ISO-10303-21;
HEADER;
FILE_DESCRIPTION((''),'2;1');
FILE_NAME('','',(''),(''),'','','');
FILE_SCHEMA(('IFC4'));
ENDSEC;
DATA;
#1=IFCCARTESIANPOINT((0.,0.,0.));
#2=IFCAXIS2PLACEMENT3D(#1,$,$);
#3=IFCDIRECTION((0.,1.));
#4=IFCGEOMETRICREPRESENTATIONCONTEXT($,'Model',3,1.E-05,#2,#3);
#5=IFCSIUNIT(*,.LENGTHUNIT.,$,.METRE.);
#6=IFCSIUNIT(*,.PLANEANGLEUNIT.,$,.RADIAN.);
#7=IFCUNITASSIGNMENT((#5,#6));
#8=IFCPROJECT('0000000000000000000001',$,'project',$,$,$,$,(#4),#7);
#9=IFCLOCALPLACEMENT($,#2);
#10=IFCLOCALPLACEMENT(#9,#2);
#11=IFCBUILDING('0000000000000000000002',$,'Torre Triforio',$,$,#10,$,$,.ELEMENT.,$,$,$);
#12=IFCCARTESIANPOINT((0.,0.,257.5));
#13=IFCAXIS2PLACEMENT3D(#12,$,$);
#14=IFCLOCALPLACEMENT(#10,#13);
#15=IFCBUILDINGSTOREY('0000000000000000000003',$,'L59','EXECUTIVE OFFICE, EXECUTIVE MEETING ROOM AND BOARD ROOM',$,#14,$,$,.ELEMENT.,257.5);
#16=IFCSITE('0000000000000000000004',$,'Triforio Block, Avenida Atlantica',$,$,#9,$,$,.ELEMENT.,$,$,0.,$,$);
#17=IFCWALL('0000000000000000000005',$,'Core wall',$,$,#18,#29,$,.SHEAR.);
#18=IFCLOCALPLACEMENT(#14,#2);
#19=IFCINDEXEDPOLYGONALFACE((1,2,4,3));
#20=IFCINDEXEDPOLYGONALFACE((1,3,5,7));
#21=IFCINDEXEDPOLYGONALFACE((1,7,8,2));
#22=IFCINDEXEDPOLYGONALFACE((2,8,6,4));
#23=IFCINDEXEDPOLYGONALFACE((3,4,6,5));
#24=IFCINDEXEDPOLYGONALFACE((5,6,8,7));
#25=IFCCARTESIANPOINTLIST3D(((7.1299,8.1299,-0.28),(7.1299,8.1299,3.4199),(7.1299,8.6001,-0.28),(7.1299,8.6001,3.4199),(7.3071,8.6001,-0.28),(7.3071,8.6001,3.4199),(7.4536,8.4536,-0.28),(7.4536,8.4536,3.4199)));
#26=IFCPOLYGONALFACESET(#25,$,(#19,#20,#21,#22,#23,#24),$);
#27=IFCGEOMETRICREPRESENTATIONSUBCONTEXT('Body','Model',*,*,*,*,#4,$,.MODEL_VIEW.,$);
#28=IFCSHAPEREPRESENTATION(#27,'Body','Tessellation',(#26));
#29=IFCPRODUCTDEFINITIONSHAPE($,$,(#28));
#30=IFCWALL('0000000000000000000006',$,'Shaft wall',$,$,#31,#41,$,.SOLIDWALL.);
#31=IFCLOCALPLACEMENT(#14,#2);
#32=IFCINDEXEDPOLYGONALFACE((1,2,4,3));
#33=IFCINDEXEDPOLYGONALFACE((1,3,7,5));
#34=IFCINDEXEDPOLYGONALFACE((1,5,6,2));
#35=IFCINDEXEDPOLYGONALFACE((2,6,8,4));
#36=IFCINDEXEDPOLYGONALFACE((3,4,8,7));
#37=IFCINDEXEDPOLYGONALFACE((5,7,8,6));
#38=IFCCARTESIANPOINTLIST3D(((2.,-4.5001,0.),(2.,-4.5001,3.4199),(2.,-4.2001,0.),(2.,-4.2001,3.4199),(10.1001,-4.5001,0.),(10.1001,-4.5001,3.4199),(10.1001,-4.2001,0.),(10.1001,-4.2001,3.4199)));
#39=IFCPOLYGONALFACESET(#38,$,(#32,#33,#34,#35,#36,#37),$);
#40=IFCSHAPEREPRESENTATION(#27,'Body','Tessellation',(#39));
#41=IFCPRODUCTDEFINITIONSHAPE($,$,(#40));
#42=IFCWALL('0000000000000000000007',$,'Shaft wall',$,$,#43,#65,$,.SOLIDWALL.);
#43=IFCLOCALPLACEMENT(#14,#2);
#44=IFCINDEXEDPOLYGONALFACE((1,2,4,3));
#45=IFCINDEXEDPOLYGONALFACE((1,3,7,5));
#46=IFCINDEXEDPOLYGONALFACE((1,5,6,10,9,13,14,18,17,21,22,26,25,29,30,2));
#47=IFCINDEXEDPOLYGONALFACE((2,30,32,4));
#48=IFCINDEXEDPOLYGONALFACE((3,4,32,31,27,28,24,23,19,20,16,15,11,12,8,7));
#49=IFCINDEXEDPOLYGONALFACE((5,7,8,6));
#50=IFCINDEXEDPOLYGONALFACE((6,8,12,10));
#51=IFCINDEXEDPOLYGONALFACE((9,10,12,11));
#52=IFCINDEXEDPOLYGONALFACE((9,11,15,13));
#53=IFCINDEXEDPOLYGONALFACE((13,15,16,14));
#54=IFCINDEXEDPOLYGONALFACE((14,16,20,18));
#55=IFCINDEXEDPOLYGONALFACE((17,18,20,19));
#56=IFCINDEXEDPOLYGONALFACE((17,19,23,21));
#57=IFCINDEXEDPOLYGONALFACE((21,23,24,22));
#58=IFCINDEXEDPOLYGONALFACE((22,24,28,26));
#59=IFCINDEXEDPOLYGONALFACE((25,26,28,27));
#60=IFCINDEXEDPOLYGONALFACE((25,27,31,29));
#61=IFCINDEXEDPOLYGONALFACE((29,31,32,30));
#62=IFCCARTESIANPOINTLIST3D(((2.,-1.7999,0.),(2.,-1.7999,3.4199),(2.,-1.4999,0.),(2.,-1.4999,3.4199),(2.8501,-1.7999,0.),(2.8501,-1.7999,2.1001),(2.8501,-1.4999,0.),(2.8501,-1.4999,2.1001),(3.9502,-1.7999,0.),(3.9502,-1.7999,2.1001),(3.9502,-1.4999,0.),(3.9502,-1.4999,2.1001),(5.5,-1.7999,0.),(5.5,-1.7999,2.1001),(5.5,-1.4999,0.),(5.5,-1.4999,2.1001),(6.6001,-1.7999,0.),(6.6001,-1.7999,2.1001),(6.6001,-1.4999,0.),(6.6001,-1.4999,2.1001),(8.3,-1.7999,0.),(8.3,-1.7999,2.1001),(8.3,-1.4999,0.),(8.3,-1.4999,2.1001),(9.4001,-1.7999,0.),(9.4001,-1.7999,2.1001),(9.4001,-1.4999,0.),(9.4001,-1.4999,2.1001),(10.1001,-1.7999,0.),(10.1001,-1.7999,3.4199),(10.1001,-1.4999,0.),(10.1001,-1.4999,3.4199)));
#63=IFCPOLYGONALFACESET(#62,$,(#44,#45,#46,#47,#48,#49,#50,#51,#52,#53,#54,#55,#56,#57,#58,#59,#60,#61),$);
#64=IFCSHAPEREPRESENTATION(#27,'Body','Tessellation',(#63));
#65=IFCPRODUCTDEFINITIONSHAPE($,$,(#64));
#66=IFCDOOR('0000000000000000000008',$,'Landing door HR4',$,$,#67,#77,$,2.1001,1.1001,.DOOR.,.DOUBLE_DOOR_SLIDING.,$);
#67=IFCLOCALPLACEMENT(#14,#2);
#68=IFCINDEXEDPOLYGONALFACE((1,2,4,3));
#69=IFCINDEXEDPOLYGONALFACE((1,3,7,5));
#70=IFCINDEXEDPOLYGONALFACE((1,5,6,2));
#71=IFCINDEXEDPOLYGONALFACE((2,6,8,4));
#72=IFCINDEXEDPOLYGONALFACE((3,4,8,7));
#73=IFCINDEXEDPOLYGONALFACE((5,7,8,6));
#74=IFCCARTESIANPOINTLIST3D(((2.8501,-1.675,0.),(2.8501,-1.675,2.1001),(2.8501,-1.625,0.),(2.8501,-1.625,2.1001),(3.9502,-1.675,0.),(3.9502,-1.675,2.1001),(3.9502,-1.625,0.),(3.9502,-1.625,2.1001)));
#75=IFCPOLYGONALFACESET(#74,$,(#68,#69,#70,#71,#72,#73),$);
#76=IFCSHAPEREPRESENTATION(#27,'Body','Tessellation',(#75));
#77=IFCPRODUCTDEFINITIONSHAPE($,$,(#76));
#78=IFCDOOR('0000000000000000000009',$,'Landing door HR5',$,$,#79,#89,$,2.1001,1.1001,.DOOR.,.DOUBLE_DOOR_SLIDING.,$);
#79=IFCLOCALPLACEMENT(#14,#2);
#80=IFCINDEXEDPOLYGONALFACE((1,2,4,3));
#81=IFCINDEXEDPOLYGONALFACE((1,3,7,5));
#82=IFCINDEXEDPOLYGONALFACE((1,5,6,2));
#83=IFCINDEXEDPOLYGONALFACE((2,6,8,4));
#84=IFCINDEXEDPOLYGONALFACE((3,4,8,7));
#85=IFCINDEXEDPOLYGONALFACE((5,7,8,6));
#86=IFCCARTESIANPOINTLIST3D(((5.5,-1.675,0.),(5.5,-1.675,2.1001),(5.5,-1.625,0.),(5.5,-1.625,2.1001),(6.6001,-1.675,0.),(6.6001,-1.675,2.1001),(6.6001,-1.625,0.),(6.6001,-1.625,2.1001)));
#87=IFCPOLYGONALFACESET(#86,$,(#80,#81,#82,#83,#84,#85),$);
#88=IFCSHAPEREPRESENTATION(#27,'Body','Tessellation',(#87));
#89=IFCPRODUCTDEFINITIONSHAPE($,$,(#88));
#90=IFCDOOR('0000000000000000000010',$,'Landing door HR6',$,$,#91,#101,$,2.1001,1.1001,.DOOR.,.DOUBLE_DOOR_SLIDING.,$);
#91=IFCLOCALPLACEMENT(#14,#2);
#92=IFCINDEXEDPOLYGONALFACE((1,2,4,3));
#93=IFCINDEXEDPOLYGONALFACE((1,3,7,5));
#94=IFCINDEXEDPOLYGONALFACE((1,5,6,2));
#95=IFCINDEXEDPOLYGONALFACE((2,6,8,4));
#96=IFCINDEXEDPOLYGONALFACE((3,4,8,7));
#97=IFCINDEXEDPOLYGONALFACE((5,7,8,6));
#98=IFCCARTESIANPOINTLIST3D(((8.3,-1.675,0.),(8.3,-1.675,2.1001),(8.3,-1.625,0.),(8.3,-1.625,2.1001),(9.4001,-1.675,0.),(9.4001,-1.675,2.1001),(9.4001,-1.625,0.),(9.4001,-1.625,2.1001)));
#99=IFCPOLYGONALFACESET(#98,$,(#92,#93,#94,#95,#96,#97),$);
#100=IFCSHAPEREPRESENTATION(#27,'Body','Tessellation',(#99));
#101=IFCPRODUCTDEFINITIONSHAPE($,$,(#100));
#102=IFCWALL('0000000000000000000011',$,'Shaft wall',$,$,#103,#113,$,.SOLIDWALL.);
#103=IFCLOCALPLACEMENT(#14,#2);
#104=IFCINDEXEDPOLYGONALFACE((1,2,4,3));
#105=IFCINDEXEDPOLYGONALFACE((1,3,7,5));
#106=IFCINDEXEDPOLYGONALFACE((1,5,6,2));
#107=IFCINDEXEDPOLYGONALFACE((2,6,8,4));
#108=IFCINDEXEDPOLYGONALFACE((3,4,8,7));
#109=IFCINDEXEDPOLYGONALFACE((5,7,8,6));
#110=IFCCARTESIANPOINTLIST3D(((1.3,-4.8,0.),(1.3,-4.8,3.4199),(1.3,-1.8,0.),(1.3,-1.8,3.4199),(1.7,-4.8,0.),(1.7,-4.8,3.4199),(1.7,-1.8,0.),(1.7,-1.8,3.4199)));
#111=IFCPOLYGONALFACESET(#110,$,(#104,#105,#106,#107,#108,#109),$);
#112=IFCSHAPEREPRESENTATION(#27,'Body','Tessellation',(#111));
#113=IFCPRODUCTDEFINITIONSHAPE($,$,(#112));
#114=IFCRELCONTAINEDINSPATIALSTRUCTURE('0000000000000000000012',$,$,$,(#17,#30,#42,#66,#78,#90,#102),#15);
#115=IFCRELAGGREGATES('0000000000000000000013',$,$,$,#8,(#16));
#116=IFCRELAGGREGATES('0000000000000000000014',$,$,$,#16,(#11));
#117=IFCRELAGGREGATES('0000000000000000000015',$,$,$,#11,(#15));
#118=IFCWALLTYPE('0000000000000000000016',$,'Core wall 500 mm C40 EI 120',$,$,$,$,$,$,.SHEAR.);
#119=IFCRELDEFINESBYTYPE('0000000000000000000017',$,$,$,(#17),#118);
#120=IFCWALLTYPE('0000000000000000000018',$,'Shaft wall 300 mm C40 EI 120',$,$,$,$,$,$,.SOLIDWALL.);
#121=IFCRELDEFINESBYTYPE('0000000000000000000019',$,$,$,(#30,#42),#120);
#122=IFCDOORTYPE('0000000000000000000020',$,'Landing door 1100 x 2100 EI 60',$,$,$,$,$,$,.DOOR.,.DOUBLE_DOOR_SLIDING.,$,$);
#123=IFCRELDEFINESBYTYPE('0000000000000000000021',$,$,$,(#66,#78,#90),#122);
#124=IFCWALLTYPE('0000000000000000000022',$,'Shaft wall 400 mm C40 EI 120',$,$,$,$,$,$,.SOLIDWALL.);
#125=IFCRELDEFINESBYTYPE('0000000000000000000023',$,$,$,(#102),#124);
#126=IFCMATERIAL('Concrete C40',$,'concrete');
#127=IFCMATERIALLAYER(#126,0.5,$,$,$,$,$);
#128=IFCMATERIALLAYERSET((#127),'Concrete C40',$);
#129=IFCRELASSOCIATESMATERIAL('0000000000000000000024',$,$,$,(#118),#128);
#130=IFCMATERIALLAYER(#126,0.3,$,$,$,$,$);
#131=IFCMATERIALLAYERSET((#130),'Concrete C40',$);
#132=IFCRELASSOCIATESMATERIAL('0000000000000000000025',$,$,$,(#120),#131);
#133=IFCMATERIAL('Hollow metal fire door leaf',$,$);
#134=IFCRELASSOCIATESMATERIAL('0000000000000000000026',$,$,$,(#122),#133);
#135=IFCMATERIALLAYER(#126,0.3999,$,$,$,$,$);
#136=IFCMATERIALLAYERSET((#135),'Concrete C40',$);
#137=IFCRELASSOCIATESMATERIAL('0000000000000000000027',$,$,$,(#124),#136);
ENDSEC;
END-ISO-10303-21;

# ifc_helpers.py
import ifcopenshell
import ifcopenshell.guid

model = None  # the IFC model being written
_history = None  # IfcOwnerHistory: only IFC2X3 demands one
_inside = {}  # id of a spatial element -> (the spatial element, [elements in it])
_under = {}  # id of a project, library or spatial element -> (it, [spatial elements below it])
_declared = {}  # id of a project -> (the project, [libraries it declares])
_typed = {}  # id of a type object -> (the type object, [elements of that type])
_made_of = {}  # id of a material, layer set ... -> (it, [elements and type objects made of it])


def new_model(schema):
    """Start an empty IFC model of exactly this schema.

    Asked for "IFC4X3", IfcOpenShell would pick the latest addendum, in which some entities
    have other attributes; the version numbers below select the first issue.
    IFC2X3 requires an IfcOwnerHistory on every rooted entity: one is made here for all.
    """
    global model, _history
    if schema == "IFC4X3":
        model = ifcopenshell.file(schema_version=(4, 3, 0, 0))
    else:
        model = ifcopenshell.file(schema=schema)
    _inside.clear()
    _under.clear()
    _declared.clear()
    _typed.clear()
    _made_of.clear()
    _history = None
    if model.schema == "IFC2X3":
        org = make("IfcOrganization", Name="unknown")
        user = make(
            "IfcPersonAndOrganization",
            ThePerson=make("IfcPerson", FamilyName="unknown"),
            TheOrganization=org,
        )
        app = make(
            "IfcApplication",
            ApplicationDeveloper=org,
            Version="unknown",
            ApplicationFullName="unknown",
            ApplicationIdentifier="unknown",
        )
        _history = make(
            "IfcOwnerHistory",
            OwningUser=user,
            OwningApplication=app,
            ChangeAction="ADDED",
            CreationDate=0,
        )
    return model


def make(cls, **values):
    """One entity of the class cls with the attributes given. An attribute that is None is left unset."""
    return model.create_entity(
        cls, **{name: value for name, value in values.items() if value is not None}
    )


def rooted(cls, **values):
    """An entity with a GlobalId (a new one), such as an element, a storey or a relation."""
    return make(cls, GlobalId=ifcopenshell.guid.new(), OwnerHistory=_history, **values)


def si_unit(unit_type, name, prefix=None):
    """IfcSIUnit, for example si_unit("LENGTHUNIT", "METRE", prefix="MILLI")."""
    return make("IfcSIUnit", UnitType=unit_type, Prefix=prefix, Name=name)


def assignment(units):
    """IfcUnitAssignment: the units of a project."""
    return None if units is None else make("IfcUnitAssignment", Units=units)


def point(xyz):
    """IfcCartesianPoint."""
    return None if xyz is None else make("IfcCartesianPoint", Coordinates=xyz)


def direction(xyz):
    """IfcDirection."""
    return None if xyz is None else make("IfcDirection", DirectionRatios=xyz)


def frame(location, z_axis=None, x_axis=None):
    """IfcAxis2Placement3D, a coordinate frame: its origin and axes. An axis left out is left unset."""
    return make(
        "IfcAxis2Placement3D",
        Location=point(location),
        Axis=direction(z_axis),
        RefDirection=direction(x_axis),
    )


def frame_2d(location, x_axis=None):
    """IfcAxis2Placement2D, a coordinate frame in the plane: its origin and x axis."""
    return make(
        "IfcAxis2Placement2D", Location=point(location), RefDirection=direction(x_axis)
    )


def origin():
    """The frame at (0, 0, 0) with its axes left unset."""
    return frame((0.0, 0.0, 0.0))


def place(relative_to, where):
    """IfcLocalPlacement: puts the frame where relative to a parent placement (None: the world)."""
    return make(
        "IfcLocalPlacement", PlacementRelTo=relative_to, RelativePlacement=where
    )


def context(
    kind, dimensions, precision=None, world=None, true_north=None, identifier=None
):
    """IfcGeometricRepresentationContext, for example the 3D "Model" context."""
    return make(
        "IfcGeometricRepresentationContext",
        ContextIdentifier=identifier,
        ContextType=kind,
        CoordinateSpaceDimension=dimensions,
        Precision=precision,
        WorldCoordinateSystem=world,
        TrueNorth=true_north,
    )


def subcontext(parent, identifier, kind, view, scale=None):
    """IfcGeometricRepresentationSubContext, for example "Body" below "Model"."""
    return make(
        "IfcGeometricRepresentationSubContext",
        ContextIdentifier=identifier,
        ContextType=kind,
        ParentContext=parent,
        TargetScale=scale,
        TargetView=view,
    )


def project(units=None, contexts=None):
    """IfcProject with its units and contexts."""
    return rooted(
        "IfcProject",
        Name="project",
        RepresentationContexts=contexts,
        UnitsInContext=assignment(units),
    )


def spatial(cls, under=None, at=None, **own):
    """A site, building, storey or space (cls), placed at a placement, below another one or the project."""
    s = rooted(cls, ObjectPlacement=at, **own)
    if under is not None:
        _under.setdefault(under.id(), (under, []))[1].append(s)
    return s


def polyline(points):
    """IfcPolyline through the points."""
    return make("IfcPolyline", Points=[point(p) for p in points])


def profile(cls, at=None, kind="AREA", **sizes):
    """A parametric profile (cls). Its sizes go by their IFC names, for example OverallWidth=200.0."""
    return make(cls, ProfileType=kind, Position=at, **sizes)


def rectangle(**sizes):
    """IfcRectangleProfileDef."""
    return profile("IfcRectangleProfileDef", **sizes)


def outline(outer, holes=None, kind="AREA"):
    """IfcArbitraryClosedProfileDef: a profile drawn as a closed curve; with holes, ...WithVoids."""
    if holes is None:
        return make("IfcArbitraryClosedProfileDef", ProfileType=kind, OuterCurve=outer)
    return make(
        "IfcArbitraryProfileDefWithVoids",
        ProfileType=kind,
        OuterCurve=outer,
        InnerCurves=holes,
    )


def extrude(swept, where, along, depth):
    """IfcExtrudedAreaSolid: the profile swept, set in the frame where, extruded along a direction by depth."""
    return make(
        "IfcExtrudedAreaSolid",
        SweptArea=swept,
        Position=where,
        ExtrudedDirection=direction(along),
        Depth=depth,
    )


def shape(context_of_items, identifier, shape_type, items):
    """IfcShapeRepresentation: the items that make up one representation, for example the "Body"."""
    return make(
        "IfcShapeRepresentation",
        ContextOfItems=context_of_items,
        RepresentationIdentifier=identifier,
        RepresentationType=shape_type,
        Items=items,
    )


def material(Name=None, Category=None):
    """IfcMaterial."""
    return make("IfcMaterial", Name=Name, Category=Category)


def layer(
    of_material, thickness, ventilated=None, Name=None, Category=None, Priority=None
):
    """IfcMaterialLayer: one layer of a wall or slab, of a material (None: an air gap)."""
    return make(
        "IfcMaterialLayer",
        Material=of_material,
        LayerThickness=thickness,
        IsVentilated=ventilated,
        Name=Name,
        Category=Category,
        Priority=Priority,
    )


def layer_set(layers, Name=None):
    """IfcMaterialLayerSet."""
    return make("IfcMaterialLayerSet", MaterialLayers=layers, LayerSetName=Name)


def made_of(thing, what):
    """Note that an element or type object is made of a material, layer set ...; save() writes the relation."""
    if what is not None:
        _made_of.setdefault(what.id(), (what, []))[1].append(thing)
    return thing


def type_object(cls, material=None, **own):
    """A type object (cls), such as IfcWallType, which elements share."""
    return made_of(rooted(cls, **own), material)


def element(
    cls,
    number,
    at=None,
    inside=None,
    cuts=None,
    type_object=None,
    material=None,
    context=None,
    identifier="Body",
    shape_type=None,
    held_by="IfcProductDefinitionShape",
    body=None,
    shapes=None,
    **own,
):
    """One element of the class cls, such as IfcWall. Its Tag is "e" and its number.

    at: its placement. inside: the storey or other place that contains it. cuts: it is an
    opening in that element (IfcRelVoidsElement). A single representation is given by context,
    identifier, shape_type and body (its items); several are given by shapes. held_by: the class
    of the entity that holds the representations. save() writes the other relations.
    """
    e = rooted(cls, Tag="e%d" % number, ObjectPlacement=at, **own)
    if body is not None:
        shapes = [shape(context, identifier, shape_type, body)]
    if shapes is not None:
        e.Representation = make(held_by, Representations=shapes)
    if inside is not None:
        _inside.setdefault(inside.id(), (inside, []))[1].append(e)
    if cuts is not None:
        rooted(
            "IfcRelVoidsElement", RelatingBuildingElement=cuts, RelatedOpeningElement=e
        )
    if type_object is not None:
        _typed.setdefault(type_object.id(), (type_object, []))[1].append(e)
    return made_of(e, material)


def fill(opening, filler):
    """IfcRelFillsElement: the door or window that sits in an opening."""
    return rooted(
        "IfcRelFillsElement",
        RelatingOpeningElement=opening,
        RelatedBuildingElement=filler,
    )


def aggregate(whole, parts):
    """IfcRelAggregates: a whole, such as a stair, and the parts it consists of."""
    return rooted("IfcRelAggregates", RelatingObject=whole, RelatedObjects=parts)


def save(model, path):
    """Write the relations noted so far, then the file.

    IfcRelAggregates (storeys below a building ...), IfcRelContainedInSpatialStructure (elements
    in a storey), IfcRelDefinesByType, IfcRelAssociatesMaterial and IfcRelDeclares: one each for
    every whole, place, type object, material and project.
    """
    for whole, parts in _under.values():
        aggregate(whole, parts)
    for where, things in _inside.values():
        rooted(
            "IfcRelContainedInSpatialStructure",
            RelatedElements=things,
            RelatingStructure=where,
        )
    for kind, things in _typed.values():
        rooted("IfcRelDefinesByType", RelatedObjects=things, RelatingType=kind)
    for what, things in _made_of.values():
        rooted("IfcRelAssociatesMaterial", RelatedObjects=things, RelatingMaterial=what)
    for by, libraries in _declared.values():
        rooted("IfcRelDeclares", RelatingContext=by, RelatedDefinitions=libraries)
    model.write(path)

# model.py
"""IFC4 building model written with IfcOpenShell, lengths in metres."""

from ifc_helpers import new_model, si_unit, direction, frame, frame_2d, origin, place, context, subcontext, project, spatial, polyline, rectangle, outline, extrude, material, layer, layer_set, type_object, element, fill, save


model = new_model("IFC4")

# Units and contexts
model_context = context("Model", 3, precision=1e-05, world=origin(), true_north=direction((0.0, 1.0)))
body_context = subcontext(model_context, "Body", "Model", "MODEL_VIEW")
ifc_project = project(units=[si_unit("LENGTHUNIT", "METRE"), si_unit("PLANEANGLEUNIT", "RADIAN")], contexts=[model_context])

# Site, building, storey
site_placement = place(None, origin())
site = spatial("IfcSite", under=ifc_project, at=site_placement, Name="Triforio Block, Avenida Atlantica", CompositionType="ELEMENT", RefElevation=0.0)
building_placement = place(site_placement, origin())
building = spatial("IfcBuilding", under=site, at=building_placement, Name="Torre Triforio", CompositionType="ELEMENT")
storey_placement = place(building_placement, frame((0.0, 0.0, 257.5)))
storey = spatial("IfcBuildingStorey", under=building, at=storey_placement, Name="L59", Description="EXECUTIVE OFFICE, EXECUTIVE MEETING ROOM AND BOARD ROOM", CompositionType="ELEMENT", Elevation=257.5)

# Shared definitions
ifc_material_1 = material(Name="Concrete C40", Category="concrete")

# Walls
ifc_layer_1 = layer(ifc_material_1, 0.5)
ifc_layer_set_1 = layer_set([ifc_layer_1], Name="Concrete C40")
wall_type_1 = type_object("IfcWallType", Name="Core wall 500 mm C40 EI 120", PredefinedType="SHEAR", material=ifc_layer_set_1)
wall_1_placement = place(storey_placement, frame((0.0, 0.0, -0.28)))
element("IfcWall", 1, at=wall_1_placement, inside=storey, type_object=wall_type_1, Name="Core wall", PredefinedType="SHEAR", context=body_context, shape_type="SweptSolid", body=[
    extrude(outline(polyline([(7.3071, 8.6001), (7.4536, 8.4536), (7.1299, 8.1299), (7.1299, 8.6001), (7.3071, 8.6001)])), origin(), (0.0, 0.0, 1.0), 3.7),
])
ifc_layer_2 = layer(ifc_material_1, 0.3)
ifc_layer_set_2 = layer_set([ifc_layer_2], Name="Concrete C40")
wall_type_2 = type_object("IfcWallType", Name="Shaft wall 300 mm C40 EI 120", PredefinedType="SOLIDWALL", material=ifc_layer_set_2)
wall_2_placement = place(storey_placement, frame((2.0, -4.3501, 0.0), z_axis=(0.0, 0.0, 1.0), x_axis=(1.0, 0.0, 0.0)))
element("IfcWall", 2, at=wall_2_placement, inside=storey, type_object=wall_type_2, Name="Shaft wall", PredefinedType="SOLIDWALL", context=body_context, shape_type="SweptSolid", body=[
    extrude(rectangle(XDim=8.1001, YDim=0.3, at=frame_2d((4.05, 0.0))), origin(), (0.0, 0.0, 1.0), 3.4199),
])

# Wall, openings, doors
wall_3_placement = place(storey_placement, frame((2.0, -1.6499, 0.0), z_axis=(0.0, 0.0, 1.0), x_axis=(1.0, 0.0, 0.0)))
wall_3 = element("IfcWall", 3, at=wall_3_placement, inside=storey, type_object=wall_type_2, Name="Shaft wall", PredefinedType="SOLIDWALL", context=body_context, shape_type="SweptSolid", body=[
    extrude(rectangle(XDim=8.1001, YDim=0.3, at=frame_2d((4.05, 0.0))), origin(), (0.0, 0.0, 1.0), 3.4199),
])
opening_1_placement = place(wall_3_placement, frame((0.8501, 0.0, 0.0)))
opening_1 = element("IfcOpeningElement", 4, at=opening_1_placement, cuts=wall_3, PredefinedType="OPENING", context=body_context, shape_type="SweptSolid", body=[
    extrude(rectangle(XDim=1.1001, YDim=2.1001, at=frame_2d((0.55, 1.05))), frame((0.0, 0.1599, 0.0), z_axis=(0.0, -1.0, 0.0), x_axis=(1.0, 0.0, 0.0)), (0.0, 0.0, 1.0), 0.3201),
])
opening_2_placement = place(wall_3_placement, frame((3.5, 0.0, 0.0)))
opening_2 = element("IfcOpeningElement", 5, at=opening_2_placement, cuts=wall_3, PredefinedType="OPENING", context=body_context, shape_type="SweptSolid", body=[
    extrude(rectangle(XDim=1.1001, YDim=2.1001, at=frame_2d((0.55, 1.05))), frame((0.0, 0.1599, 0.0), z_axis=(0.0, -1.0, 0.0), x_axis=(1.0, 0.0, 0.0)), (0.0, 0.0, 1.0), 0.3201),
])
opening_3_placement = place(wall_3_placement, frame((6.3, 0.0, 0.0)))
opening_3 = element("IfcOpeningElement", 6, at=opening_3_placement, cuts=wall_3, PredefinedType="OPENING", context=body_context, shape_type="SweptSolid", body=[
    extrude(rectangle(XDim=1.1001, YDim=2.1001, at=frame_2d((0.55, 1.05))), frame((0.0, 0.1599, 0.0), z_axis=(0.0, -1.0, 0.0), x_axis=(1.0, 0.0, 0.0)), (0.0, 0.0, 1.0), 0.3201),
])
ifc_material_2 = material(Name="Hollow metal fire door leaf")
door_type = type_object("IfcDoorType", Name="Landing door 1100 x 2100 EI 60", OperationType="DOUBLE_DOOR_SLIDING", PredefinedType="DOOR", material=ifc_material_2)
door_1_placement = place(opening_1_placement, origin())
door_1 = element("IfcDoor", 7, at=door_1_placement, inside=storey, type_object=door_type, Name="Landing door HR4", OperationType="DOUBLE_DOOR_SLIDING", OverallHeight=2.1001, OverallWidth=1.1001, PredefinedType="DOOR", context=body_context, shape_type="SweptSolid", body=[
    extrude(rectangle(XDim=1.1001, YDim=2.1001, at=frame_2d((0.55, 1.05))), frame((0.0, 0.0249, 0.0), z_axis=(0.0, -1.0, 0.0), x_axis=(1.0, 0.0, 0.0)), (0.0, 0.0, 1.0), 0.05),
])
fill(opening_1, door_1)
door_2_placement = place(opening_2_placement, origin())
door_2 = element("IfcDoor", 8, at=door_2_placement, inside=storey, type_object=door_type, Name="Landing door HR5", OperationType="DOUBLE_DOOR_SLIDING", OverallHeight=2.1001, OverallWidth=1.1001, PredefinedType="DOOR", context=body_context, shape_type="SweptSolid", body=[
    extrude(rectangle(XDim=1.1001, YDim=2.1001, at=frame_2d((0.55, 1.05))), frame((0.0, 0.0249, 0.0), z_axis=(0.0, -1.0, 0.0), x_axis=(1.0, 0.0, 0.0)), (0.0, 0.0, 1.0), 0.05),
])
fill(opening_2, door_2)
door_3_placement = place(opening_3_placement, origin())
door_3 = element("IfcDoor", 9, at=door_3_placement, inside=storey, type_object=door_type, Name="Landing door HR6", OperationType="DOUBLE_DOOR_SLIDING", OverallHeight=2.1001, OverallWidth=1.1001, PredefinedType="DOOR", context=body_context, shape_type="SweptSolid", body=[
    extrude(rectangle(XDim=1.1001, YDim=2.1001, at=frame_2d((0.55, 1.05))), frame((0.0, 0.0249, 0.0), z_axis=(0.0, -1.0, 0.0), x_axis=(1.0, 0.0, 0.0)), (0.0, 0.0, 1.0), 0.05),
])
fill(opening_3, door_3)

# Wall
ifc_layer_3 = layer(ifc_material_1, 0.3999)
ifc_layer_set_3 = layer_set([ifc_layer_3], Name="Concrete C40")
wall_type_3 = type_object("IfcWallType", Name="Shaft wall 400 mm C40 EI 120", PredefinedType="SOLIDWALL", material=ifc_layer_set_3)
wall_4_placement = place(storey_placement, frame((1.5, -4.8, 0.0), z_axis=(0.0, 0.0, 1.0), x_axis=(0.0, 1.0, 0.0)))
element("IfcWall", 10, at=wall_4_placement, inside=storey, type_object=wall_type_3, Name="Shaft wall", PredefinedType="SOLIDWALL", context=body_context, shape_type="SweptSolid", body=[
    extrude(rectangle(XDim=3.0, YDim=0.3999, at=frame_2d((1.5, 0.0))), origin(), (0.0, 0.0, 1.0), 3.4199),
])

save(model, "model.ifc")
